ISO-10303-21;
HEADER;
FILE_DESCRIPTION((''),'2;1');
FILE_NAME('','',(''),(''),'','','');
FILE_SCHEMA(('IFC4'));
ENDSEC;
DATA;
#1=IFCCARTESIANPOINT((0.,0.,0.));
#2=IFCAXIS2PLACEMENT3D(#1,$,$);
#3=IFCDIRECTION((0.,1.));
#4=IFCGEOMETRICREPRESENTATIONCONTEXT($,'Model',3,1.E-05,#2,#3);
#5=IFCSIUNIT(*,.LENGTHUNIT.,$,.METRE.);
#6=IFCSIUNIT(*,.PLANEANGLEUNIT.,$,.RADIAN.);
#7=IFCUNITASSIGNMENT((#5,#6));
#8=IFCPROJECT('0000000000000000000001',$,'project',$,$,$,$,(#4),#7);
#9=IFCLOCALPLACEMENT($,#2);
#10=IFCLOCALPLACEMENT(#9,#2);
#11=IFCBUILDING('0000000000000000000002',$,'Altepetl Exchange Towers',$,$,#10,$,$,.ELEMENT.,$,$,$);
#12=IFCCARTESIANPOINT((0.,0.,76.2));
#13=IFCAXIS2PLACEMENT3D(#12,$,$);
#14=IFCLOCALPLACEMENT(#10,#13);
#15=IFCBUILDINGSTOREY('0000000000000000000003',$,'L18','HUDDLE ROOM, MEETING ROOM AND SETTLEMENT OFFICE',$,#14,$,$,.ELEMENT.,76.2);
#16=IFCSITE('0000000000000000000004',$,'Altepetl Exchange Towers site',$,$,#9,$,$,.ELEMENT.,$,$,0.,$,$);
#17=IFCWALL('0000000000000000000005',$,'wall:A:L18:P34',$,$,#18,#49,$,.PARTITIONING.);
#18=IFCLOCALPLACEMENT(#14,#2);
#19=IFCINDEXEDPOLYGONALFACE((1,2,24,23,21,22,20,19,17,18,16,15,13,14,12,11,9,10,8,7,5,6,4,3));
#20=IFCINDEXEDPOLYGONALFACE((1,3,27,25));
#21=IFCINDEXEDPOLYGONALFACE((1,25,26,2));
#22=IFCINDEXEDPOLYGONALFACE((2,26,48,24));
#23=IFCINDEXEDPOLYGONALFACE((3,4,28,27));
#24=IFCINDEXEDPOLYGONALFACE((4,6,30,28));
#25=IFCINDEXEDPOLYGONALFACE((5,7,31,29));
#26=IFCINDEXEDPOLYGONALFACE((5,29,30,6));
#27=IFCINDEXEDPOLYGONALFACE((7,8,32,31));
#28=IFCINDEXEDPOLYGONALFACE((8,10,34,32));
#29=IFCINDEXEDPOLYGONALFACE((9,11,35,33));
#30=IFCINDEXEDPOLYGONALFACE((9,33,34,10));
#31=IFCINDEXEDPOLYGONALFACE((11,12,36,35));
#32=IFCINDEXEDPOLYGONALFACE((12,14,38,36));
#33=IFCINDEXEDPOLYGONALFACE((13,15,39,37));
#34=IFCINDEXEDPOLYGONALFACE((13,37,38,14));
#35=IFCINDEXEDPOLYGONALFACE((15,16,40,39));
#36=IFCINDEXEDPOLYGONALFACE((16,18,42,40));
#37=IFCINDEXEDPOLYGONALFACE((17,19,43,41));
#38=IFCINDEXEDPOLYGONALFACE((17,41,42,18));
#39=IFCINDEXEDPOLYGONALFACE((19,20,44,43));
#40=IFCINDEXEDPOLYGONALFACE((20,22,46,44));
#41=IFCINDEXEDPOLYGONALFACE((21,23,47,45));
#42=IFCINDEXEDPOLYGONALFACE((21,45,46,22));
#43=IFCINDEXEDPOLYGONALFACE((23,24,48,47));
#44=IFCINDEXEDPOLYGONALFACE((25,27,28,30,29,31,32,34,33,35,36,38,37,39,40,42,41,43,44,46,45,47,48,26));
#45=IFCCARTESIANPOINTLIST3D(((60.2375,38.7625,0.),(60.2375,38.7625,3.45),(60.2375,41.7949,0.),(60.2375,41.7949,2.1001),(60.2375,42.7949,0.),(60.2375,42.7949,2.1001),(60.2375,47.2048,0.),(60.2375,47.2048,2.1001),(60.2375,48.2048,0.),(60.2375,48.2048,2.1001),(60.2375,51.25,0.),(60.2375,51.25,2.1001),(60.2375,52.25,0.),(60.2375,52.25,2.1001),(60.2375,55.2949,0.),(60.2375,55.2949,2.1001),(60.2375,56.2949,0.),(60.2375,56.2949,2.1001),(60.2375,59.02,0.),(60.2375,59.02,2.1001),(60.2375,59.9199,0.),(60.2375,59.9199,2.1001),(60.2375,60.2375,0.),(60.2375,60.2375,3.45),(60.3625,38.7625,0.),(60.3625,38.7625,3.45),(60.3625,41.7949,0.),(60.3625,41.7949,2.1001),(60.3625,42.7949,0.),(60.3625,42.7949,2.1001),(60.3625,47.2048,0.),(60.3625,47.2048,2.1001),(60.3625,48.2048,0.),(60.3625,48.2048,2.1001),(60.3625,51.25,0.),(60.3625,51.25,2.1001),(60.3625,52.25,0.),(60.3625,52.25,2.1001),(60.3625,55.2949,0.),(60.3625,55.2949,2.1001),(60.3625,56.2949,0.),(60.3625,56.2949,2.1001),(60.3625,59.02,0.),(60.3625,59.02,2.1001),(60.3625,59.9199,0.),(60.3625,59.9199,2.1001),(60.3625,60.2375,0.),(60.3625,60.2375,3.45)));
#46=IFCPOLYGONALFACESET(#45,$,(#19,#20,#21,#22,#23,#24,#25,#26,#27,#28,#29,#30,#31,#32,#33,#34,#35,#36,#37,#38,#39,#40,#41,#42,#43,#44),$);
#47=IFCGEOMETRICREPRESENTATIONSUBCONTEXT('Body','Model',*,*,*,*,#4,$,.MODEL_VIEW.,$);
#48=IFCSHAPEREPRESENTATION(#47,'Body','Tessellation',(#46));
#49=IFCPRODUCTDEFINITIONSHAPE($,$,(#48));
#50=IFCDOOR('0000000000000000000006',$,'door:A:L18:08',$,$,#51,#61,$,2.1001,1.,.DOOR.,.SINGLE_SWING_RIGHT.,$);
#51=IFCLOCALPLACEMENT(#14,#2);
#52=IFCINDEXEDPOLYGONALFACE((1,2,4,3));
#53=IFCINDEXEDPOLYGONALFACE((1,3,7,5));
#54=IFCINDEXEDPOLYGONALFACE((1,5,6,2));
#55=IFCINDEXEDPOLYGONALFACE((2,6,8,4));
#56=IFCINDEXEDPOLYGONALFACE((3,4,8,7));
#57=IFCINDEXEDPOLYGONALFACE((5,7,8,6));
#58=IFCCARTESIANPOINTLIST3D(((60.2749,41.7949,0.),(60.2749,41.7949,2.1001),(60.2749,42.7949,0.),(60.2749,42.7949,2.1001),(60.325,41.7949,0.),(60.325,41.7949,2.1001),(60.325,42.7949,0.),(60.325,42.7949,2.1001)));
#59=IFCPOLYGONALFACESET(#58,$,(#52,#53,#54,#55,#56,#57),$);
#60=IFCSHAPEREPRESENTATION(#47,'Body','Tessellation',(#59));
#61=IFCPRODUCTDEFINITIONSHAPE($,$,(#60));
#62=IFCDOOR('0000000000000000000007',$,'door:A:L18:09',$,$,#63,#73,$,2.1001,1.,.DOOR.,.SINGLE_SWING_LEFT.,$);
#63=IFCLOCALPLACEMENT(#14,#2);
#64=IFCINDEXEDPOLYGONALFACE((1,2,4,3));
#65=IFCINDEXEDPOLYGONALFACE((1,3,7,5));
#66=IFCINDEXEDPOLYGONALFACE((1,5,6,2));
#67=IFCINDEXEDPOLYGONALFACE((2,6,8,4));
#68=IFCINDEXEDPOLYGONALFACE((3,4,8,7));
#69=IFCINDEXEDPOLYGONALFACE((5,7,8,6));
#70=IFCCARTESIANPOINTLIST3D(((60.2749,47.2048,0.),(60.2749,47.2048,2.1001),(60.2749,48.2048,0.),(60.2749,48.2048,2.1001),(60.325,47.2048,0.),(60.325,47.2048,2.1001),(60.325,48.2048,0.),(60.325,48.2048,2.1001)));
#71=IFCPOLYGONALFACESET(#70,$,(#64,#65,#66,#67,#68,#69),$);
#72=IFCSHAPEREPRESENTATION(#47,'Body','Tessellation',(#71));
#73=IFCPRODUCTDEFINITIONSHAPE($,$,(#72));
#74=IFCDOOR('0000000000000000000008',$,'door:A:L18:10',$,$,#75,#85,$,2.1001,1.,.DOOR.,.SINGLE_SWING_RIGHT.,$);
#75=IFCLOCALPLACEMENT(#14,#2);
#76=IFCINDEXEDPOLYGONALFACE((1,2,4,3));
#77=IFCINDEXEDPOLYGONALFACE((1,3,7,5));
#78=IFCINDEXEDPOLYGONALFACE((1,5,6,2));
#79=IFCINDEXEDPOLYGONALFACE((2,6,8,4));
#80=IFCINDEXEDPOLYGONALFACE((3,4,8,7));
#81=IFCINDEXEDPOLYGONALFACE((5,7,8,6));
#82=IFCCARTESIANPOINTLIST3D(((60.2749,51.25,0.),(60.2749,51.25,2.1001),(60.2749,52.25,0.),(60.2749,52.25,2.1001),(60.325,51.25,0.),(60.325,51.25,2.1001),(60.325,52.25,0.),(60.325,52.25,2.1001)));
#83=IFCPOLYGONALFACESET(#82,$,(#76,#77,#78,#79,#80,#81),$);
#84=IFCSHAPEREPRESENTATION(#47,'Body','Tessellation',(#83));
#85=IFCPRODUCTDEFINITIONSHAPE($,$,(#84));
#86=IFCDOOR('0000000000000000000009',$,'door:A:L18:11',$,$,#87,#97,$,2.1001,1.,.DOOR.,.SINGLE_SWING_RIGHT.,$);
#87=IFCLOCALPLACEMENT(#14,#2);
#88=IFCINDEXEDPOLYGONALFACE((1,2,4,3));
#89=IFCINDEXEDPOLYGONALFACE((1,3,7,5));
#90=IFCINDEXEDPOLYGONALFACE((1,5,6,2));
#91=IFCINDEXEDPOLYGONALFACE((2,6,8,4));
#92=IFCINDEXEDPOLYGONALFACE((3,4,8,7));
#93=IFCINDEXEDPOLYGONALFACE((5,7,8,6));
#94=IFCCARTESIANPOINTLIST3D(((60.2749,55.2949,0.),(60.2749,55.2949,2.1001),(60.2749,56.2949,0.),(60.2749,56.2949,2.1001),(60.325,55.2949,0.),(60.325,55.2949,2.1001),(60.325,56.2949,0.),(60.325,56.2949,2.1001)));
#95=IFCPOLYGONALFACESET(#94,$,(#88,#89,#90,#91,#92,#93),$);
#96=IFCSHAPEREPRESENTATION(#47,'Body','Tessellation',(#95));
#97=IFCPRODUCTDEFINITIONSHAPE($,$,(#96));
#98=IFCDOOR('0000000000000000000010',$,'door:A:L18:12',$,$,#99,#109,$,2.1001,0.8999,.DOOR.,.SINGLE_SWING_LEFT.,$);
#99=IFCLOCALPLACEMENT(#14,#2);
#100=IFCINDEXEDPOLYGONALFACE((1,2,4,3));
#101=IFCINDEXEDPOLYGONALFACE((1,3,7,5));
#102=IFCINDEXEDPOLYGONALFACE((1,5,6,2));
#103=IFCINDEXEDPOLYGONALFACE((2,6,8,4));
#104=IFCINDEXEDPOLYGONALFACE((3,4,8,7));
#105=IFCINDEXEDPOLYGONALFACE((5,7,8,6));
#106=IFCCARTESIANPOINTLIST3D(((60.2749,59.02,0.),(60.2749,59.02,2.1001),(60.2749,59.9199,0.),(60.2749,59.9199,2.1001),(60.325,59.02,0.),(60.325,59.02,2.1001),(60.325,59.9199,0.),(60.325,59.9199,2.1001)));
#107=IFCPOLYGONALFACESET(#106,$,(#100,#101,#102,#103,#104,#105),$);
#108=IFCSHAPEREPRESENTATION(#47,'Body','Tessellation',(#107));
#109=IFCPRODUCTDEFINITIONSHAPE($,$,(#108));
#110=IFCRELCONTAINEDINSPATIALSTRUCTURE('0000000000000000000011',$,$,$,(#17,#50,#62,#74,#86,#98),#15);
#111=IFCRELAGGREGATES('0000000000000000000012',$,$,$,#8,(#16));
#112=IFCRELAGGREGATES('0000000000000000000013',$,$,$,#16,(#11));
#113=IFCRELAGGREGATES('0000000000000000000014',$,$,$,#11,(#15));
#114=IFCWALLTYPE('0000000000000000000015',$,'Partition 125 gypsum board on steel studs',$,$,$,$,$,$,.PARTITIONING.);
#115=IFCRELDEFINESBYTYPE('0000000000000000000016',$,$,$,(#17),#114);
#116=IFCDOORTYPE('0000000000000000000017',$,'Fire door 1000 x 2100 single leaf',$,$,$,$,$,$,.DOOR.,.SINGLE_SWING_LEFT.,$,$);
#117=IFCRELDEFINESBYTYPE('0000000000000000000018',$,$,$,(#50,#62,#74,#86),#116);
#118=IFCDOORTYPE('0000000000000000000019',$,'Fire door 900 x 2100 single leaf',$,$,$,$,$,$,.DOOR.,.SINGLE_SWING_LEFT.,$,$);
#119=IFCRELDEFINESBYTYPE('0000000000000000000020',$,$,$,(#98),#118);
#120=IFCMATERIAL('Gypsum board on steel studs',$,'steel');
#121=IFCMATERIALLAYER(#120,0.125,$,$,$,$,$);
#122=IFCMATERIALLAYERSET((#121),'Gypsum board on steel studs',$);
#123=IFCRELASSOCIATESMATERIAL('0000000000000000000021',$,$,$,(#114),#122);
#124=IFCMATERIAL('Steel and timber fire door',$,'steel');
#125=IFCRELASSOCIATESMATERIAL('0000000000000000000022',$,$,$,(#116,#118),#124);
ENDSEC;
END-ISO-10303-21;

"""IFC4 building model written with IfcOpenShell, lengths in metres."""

from ifc_helpers import new_model, si_unit, direction, frame, frame_2d, origin, place, context, subcontext, project, spatial, rectangle, extrude, material, layer, layer_set, type_object, element, fill, save


model = new_model("IFC4")

# Units and contexts
model_context = context("Model", 3, precision=1e-05, world=origin(), true_north=direction((0.0, 1.0)))
body_context = subcontext(model_context, "Body", "Model", "MODEL_VIEW")
ifc_project = project(units=[si_unit("LENGTHUNIT", "METRE"), si_unit("PLANEANGLEUNIT", "RADIAN")], contexts=[model_context])

# Site, building, storey
site_placement = place(None, origin())
site = spatial("IfcSite", under=ifc_project, at=site_placement, Name="Altepetl Exchange Towers site", CompositionType="ELEMENT", RefElevation=0.0)
building_placement = place(site_placement, origin())
building = spatial("IfcBuilding", under=site, at=building_placement, Name="Altepetl Exchange Towers", CompositionType="ELEMENT")
storey_placement = place(building_placement, frame((0.0, 0.0, 76.2)))
storey = spatial("IfcBuildingStorey", under=building, at=storey_placement, Name="L18", Description="HUDDLE ROOM, MEETING ROOM AND SETTLEMENT OFFICE", CompositionType="ELEMENT", Elevation=76.2)

# Shared definitions
ifc_material_1 = material(Name="Gypsum board on steel studs", Category="steel")
ifc_layer_1 = layer(ifc_material_1, 0.125)
ifc_layer_set_1 = layer_set([ifc_layer_1], Name="Gypsum board on steel studs")
wall_type_1 = type_object("IfcWallType", Name="Partition 125 gypsum board on steel studs", PredefinedType="PARTITIONING", material=ifc_layer_set_1)

# Wall, openings, doors
wall_1_placement = place(storey_placement, frame((60.3, 38.7625, 0.0), z_axis=(0.0, 0.0, 1.0), x_axis=(0.0, 1.0, 0.0)))
wall_1 = element("IfcWall", 1, at=wall_1_placement, inside=storey, type_object=wall_type_1, Name="wall:A:L18:P34", PredefinedType="PARTITIONING", context=body_context, shape_type="SweptSolid", body=[
    extrude(rectangle(XDim=21.4751, YDim=0.125, at=frame_2d((10.7375, 0.0))), origin(), (0.0, 0.0, 1.0), 3.45),
])
opening_1_placement = place(wall_1_placement, frame((3.0325, 0.0, 0.0)))
opening_1 = element("IfcOpeningElement", 2, at=opening_1_placement, cuts=wall_1, PredefinedType="OPENING", context=body_context, shape_type="SweptSolid", body=[
    extrude(rectangle(XDim=1.0, YDim=2.1001, at=frame_2d((0.5, 1.05))), frame((0.0, 0.0725, 0.0), z_axis=(0.0, -1.0, 0.0), x_axis=(1.0, 0.0, 0.0)), (0.0, 0.0, 1.0), 0.145),
])
opening_2_placement = place(wall_1_placement, frame((8.4424, 0.0, 0.0)))
opening_2 = element("IfcOpeningElement", 3, at=opening_2_placement, cuts=wall_1, PredefinedType="OPENING", context=body_context, shape_type="SweptSolid", body=[
    extrude(rectangle(XDim=1.0, YDim=2.1001, at=frame_2d((0.5, 1.05))), frame((0.0, 0.0725, 0.0), z_axis=(0.0, -1.0, 0.0), x_axis=(1.0, 0.0, 0.0)), (0.0, 0.0, 1.0), 0.145),
])
opening_3_placement = place(wall_1_placement, frame((12.4875, 0.0, 0.0)))
opening_3 = element("IfcOpeningElement", 4, at=opening_3_placement, cuts=wall_1, PredefinedType="OPENING", context=body_context, shape_type="SweptSolid", body=[
    extrude(rectangle(XDim=1.0, YDim=2.1001, at=frame_2d((0.5, 1.05))), frame((0.0, 0.0725, 0.0), z_axis=(0.0, -1.0, 0.0), x_axis=(1.0, 0.0, 0.0)), (0.0, 0.0, 1.0), 0.145),
])
opening_4_placement = place(wall_1_placement, frame((16.5325, 0.0, 0.0)))
opening_4 = element("IfcOpeningElement", 5, at=opening_4_placement, cuts=wall_1, PredefinedType="OPENING", context=body_context, shape_type="SweptSolid", body=[
    extrude(rectangle(XDim=1.0, YDim=2.1001, at=frame_2d((0.5, 1.05))), frame((0.0, 0.0725, 0.0), z_axis=(0.0, -1.0, 0.0), x_axis=(1.0, 0.0, 0.0)), (0.0, 0.0, 1.0), 0.145),
])
opening_5_placement = place(wall_1_placement, frame((20.2576, 0.0, 0.0)))
opening_5 = element("IfcOpeningElement", 6, at=opening_5_placement, cuts=wall_1, PredefinedType="OPENING", context=body_context, shape_type="SweptSolid", body=[
    extrude(rectangle(XDim=0.8999, YDim=2.1001, at=frame_2d((0.45, 1.05))), frame((0.0, 0.0725, 0.0), z_axis=(0.0, -1.0, 0.0), x_axis=(1.0, 0.0, 0.0)), (0.0, 0.0, 1.0), 0.145),
])
ifc_material_2 = material(Name="Steel and timber fire door", Category="steel")
door_type_1 = type_object("IfcDoorType", Name="Fire door 1000 x 2100 single leaf", OperationType="SINGLE_SWING_LEFT", PredefinedType="DOOR", material=ifc_material_2)
door_1_placement = place(opening_1_placement, frame((1.0, 0.0, 0.0), x_axis=(-1.0, 0.0, 0.0)))
door_1 = element("IfcDoor", 7, at=door_1_placement, inside=storey, type_object=door_type_1, Name="door:A:L18:08", OperationType="SINGLE_SWING_RIGHT", OverallHeight=2.1001, OverallWidth=1.0, PredefinedType="DOOR", context=body_context, shape_type="SweptSolid", body=[
    extrude(rectangle(XDim=1.0, YDim=2.1001, at=frame_2d((0.5, 1.05))), frame((0.0, 0.0249, 0.0), z_axis=(0.0, -1.0, 0.0), x_axis=(1.0, 0.0, 0.0)), (0.0, 0.0, 1.0), 0.05),
])
fill(opening_1, door_1)
door_2_placement = place(opening_2_placement, frame((1.0, 0.0, 0.0), x_axis=(-1.0, 0.0, 0.0)))
door_2 = element("IfcDoor", 8, at=door_2_placement, inside=storey, type_object=door_type_1, Name="door:A:L18:09", OperationType="SINGLE_SWING_LEFT", OverallHeight=2.1001, OverallWidth=1.0, PredefinedType="DOOR", context=body_context, shape_type="SweptSolid", body=[
    extrude(rectangle(XDim=1.0, YDim=2.1001, at=frame_2d((0.5, 1.05))), frame((0.0, 0.0249, 0.0), z_axis=(0.0, -1.0, 0.0), x_axis=(1.0, 0.0, 0.0)), (0.0, 0.0, 1.0), 0.05),
])
fill(opening_2, door_2)
door_3_placement = place(opening_3_placement, frame((1.0, 0.0, 0.0), x_axis=(-1.0, 0.0, 0.0)))
door_3 = element("IfcDoor", 9, at=door_3_placement, inside=storey, type_object=door_type_1, Name="door:A:L18:10", OperationType="SINGLE_SWING_RIGHT", OverallHeight=2.1001, OverallWidth=1.0, PredefinedType="DOOR", context=body_context, shape_type="SweptSolid", body=[
    extrude(rectangle(XDim=1.0, YDim=2.1001, at=frame_2d((0.5, 1.05))), frame((0.0, 0.0249, 0.0), z_axis=(0.0, -1.0, 0.0), x_axis=(1.0, 0.0, 0.0)), (0.0, 0.0, 1.0), 0.05),
])
fill(opening_3, door_3)
door_4_placement = place(opening_4_placement, frame((1.0, 0.0, 0.0), x_axis=(-1.0, 0.0, 0.0)))
door_4 = element("IfcDoor", 10, at=door_4_placement, inside=storey, type_object=door_type_1, Name="door:A:L18:11", OperationType="SINGLE_SWING_RIGHT", OverallHeight=2.1001, OverallWidth=1.0, PredefinedType="DOOR", context=body_context, shape_type="SweptSolid", body=[
    extrude(rectangle(XDim=1.0, YDim=2.1001, at=frame_2d((0.5, 1.05))), frame((0.0, 0.0249, 0.0), z_axis=(0.0, -1.0, 0.0), x_axis=(1.0, 0.0, 0.0)), (0.0, 0.0, 1.0), 0.05),
])
fill(opening_4, door_4)
door_type_2 = type_object("IfcDoorType", Name="Fire door 900 x 2100 single leaf", OperationType="SINGLE_SWING_LEFT", PredefinedType="DOOR", material=ifc_material_2)
door_5_placement = place(opening_5_placement, frame((0.8999, 0.0, 0.0), x_axis=(-1.0, 0.0, 0.0)))
door_5 = element("IfcDoor", 11, at=door_5_placement, inside=storey, type_object=door_type_2, Name="door:A:L18:12", OperationType="SINGLE_SWING_LEFT", OverallHeight=2.1001, OverallWidth=0.8999, PredefinedType="DOOR", context=body_context, shape_type="SweptSolid", body=[
    extrude(rectangle(XDim=0.8999, YDim=2.1001, at=frame_2d((0.45, 1.05))), frame((0.0, 0.0249, 0.0), z_axis=(0.0, -1.0, 0.0), x_axis=(1.0, 0.0, 0.0)), (0.0, 0.0, 1.0), 0.05),
])
fill(opening_5, door_5)

save(model, "model.ifc")
